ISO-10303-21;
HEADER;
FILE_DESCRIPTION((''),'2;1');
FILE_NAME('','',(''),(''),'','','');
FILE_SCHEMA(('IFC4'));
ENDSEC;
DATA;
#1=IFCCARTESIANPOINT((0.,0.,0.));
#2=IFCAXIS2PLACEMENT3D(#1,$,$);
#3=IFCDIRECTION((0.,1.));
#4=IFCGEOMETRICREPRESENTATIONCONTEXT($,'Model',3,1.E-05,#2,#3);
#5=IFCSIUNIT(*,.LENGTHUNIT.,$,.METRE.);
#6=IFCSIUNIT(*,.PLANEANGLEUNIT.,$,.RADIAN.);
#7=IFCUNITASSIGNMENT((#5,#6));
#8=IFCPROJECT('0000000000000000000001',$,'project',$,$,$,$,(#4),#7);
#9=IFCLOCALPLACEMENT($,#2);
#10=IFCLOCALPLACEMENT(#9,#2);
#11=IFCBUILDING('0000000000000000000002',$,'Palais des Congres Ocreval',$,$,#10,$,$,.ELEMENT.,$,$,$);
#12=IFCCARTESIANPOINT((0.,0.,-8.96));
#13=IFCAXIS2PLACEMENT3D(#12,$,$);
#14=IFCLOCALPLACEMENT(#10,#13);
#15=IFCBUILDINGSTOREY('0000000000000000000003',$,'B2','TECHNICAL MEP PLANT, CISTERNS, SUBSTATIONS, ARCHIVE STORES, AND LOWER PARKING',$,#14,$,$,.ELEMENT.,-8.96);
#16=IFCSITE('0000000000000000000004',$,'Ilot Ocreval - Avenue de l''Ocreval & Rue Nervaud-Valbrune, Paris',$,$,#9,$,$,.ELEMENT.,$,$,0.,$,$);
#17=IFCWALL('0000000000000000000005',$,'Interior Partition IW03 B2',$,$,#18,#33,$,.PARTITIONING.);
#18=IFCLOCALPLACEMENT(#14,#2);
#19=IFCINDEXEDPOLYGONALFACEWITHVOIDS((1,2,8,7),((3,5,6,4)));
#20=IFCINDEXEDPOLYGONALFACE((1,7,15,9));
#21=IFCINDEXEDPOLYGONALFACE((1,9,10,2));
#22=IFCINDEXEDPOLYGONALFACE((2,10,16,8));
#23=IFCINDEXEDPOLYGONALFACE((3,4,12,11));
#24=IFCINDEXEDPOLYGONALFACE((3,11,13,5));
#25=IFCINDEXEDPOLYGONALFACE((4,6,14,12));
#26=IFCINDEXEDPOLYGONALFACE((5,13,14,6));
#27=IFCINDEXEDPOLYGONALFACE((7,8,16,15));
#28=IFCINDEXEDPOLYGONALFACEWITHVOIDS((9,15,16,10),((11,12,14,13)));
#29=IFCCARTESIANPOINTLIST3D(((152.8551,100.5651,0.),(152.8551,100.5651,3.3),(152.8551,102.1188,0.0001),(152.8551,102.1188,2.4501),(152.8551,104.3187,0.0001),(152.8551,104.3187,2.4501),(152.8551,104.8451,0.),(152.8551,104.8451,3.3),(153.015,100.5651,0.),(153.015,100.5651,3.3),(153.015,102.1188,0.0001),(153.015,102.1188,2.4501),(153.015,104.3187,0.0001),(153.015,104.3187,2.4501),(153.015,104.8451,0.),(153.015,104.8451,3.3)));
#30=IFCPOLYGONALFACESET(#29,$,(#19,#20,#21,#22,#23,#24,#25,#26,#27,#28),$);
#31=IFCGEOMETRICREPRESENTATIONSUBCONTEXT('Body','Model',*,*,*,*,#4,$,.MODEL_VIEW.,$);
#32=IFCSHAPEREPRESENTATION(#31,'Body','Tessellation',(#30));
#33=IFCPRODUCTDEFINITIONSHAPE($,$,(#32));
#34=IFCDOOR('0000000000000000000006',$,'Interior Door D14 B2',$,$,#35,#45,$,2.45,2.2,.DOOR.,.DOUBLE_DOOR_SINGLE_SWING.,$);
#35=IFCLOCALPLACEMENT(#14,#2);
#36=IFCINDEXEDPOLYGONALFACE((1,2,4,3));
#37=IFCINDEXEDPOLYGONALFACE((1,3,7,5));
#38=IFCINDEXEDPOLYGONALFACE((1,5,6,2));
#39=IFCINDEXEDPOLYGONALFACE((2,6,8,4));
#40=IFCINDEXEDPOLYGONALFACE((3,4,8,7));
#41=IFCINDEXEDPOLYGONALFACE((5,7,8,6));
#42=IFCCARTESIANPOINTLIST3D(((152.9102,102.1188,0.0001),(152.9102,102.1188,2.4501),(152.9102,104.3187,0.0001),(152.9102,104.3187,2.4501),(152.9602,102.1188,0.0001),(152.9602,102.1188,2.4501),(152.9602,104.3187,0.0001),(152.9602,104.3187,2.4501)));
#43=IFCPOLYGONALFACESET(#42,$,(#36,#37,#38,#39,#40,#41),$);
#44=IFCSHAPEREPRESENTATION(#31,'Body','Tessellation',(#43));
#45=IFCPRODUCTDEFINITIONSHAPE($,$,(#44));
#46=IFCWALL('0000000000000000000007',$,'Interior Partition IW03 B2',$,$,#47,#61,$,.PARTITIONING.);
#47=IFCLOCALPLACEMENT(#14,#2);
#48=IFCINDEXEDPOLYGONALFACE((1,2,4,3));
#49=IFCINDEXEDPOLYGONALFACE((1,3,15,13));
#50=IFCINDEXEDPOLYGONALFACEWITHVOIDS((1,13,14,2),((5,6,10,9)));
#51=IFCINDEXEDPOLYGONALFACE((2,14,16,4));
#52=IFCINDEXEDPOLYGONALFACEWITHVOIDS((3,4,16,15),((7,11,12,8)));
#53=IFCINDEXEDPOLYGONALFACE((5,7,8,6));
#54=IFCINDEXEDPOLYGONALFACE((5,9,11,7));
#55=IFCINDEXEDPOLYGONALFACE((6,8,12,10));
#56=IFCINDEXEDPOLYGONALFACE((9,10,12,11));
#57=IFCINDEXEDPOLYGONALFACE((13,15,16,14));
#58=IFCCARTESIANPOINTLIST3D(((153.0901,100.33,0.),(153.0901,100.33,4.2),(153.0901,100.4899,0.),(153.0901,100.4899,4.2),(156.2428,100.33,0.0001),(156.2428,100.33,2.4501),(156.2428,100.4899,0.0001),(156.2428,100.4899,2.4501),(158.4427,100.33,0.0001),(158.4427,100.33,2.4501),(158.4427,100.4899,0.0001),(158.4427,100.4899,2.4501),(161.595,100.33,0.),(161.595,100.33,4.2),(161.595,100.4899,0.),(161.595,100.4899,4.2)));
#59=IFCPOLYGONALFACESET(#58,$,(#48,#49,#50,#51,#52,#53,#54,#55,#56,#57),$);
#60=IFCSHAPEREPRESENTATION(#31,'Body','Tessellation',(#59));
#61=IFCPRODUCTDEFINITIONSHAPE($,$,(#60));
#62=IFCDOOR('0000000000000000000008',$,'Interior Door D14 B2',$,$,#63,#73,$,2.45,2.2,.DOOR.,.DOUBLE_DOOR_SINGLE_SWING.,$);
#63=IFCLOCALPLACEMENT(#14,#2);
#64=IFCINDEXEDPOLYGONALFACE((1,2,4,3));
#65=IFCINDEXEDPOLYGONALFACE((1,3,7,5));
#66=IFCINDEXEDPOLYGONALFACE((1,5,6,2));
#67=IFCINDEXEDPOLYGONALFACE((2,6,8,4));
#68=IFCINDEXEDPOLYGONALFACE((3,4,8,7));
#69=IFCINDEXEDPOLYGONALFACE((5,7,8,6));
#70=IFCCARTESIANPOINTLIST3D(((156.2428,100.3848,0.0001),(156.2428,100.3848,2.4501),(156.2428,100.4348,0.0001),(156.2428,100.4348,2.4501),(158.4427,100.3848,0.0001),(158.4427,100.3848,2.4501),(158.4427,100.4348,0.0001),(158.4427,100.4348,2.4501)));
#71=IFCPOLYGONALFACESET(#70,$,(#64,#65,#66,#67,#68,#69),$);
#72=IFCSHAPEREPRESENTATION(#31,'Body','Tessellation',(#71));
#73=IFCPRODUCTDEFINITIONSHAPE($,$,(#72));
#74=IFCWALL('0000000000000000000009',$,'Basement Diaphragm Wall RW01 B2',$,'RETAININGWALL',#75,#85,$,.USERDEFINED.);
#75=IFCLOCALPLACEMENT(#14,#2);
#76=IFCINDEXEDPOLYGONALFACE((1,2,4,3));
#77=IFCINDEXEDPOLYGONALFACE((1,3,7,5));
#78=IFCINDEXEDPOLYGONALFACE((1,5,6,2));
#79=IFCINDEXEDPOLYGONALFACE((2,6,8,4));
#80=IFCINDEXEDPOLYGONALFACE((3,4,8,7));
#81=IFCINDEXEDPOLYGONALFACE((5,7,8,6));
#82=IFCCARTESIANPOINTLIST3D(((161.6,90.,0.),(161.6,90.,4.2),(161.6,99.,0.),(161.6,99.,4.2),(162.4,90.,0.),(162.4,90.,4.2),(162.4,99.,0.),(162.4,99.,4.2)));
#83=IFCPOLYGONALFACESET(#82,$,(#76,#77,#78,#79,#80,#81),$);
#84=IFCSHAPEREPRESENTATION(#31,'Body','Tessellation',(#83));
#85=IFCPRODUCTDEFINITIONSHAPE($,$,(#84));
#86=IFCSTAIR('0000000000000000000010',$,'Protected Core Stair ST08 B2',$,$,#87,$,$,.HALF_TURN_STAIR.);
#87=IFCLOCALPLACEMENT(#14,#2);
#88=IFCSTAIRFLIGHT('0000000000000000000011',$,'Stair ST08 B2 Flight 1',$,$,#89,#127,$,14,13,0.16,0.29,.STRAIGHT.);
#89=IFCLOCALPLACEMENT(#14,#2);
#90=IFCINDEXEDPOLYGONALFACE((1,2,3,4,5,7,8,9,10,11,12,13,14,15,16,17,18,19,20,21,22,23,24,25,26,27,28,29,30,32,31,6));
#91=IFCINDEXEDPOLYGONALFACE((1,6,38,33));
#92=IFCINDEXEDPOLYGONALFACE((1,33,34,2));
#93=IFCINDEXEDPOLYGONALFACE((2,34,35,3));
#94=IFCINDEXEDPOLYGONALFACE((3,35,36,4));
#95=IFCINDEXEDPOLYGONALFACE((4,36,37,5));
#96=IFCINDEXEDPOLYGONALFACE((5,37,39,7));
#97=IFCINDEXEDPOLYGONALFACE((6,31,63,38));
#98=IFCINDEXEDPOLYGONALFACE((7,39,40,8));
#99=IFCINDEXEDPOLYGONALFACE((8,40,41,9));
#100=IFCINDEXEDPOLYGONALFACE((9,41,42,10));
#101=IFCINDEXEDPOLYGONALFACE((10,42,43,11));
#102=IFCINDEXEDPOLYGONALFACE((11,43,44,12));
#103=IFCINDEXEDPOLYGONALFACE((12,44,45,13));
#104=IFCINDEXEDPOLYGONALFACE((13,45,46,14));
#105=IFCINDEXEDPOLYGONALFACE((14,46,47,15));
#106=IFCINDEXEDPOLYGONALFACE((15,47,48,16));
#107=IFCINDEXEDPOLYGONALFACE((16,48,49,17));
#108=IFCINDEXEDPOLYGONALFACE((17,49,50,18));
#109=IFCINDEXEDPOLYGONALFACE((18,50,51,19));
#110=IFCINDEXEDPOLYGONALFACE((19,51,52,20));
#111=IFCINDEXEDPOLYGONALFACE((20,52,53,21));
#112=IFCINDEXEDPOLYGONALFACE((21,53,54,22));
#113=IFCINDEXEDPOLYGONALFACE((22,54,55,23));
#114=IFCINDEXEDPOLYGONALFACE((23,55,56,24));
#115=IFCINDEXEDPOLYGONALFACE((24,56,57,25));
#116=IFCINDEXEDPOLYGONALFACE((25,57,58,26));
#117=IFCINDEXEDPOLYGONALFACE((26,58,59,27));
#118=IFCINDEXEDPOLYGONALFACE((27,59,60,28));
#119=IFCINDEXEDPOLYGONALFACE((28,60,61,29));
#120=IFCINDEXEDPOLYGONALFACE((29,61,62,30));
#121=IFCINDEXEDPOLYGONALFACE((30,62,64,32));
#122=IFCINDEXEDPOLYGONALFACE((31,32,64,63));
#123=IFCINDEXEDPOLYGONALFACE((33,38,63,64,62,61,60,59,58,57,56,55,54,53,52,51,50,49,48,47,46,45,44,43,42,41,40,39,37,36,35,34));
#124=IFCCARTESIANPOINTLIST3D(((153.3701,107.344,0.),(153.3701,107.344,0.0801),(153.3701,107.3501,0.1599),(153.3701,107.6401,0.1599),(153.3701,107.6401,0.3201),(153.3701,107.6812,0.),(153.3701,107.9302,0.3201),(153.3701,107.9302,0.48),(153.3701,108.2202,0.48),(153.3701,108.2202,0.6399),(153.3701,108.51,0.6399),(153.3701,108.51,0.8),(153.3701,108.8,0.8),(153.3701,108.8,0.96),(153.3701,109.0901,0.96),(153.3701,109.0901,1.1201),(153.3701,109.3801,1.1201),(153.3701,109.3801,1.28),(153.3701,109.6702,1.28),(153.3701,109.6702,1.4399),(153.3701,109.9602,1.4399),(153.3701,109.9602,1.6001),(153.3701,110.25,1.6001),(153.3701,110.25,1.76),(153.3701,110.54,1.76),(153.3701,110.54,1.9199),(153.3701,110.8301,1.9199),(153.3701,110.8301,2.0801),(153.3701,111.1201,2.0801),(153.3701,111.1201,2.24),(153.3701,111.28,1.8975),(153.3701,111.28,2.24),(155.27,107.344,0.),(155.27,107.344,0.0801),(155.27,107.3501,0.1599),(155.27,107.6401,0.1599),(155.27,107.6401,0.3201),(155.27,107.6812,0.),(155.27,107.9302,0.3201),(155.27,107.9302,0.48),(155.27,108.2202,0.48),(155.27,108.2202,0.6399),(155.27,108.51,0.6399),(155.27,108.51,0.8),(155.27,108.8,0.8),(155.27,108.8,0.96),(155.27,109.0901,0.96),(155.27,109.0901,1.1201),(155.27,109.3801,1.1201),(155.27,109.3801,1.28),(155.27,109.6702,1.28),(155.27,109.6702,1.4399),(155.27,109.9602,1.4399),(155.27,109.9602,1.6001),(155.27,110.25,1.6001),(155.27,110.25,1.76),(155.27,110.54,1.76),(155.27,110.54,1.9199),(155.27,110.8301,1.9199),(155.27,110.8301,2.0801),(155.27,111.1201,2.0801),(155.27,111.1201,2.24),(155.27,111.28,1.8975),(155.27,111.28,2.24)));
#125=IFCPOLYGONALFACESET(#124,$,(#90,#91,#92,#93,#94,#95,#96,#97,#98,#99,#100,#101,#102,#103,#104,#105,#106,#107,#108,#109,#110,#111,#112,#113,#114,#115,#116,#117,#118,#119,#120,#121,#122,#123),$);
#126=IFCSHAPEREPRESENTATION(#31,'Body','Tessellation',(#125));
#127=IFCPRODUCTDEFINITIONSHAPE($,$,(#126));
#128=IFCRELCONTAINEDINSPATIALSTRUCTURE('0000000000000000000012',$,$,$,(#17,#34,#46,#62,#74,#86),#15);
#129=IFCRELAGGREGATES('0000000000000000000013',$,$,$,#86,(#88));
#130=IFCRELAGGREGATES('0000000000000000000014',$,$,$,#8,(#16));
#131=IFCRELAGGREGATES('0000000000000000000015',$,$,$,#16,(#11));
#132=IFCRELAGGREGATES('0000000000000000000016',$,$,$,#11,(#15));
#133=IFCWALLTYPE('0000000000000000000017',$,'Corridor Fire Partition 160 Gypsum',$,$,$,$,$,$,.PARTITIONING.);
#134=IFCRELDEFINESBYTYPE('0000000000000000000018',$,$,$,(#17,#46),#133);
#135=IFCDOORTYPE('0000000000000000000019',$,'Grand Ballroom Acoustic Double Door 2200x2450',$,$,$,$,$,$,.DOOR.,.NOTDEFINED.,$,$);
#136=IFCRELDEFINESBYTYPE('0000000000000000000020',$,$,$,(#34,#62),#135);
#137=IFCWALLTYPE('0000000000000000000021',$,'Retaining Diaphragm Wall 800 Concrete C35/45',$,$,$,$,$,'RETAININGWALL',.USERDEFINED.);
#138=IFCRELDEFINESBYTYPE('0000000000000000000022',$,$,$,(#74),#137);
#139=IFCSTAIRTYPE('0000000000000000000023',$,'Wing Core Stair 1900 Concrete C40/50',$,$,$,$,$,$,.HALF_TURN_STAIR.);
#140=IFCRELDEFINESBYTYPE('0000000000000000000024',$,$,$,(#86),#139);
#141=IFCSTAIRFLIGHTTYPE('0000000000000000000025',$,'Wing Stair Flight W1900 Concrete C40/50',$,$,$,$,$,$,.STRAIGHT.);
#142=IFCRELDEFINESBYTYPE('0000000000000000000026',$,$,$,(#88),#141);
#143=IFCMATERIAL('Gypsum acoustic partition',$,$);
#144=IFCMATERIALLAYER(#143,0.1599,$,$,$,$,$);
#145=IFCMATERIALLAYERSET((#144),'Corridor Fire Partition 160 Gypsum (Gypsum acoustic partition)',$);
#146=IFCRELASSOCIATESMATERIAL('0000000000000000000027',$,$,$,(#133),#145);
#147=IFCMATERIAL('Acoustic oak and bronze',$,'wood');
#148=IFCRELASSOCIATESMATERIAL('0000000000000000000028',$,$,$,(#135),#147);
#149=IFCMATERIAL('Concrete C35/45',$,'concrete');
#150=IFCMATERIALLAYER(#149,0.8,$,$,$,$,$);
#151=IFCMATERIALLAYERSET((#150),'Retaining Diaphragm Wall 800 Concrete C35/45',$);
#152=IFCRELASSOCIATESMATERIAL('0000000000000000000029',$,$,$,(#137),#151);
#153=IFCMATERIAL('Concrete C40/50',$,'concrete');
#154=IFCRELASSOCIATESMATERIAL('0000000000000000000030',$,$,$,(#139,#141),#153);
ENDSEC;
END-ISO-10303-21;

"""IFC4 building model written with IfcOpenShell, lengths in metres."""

from ifc_helpers import new_model, si_unit, direction, frame, frame_2d, origin, place, context, subcontext, project, spatial, polyline, rectangle, outline, extrude, material, layer, layer_set, type_object, element, fill, aggregate, save


model = new_model("IFC4")

# Units and contexts
model_context = context("Model", 3, precision=1e-05, world=origin(), true_north=direction((0.0, 1.0)))
body_context = subcontext(model_context, "Body", "Model", "MODEL_VIEW")
ifc_project = project(units=[si_unit("LENGTHUNIT", "METRE"), si_unit("PLANEANGLEUNIT", "RADIAN")], contexts=[model_context])

# Site, building, storey
site_placement = place(None, origin())
site = spatial("IfcSite", under=ifc_project, at=site_placement, Name="Ilot Ocreval - Avenue de l'Ocreval & Rue Nervaud-Valbrune, Paris", CompositionType="ELEMENT", RefElevation=0.0)
building_placement = place(site_placement, origin())
building = spatial("IfcBuilding", under=site, at=building_placement, Name="Palais des Congres Ocreval", CompositionType="ELEMENT")
storey_placement = place(building_placement, frame((0.0, 0.0, -8.96)))
storey = spatial("IfcBuildingStorey", under=building, at=storey_placement, Name="B2", Description="TECHNICAL MEP PLANT, CISTERNS, SUBSTATIONS, ARCHIVE STORES, AND LOWER PARKING", CompositionType="ELEMENT", Elevation=-8.96)

# Shared definitions
ifc_material_1 = material(Name="Concrete C35/45", Category="concrete")

# Shared definitions
ifc_material_2 = material(Name="Concrete C40/50", Category="concrete")

# Walls, openings, doors
ifc_material_3 = material(Name="Gypsum acoustic partition")
ifc_layer_1 = layer(ifc_material_3, 0.1599)
ifc_layer_set_1 = layer_set([ifc_layer_1], Name="Corridor Fire Partition 160 Gypsum (Gypsum acoustic partition)")
wall_type_1 = type_object("IfcWallType", Name="Corridor Fire Partition 160 Gypsum", PredefinedType="PARTITIONING", material=ifc_layer_set_1)
wall_1_placement = place(storey_placement, frame((152.9351, 100.5649, 0.0), z_axis=(0.0, 0.0, 1.0), x_axis=(0.0, 1.0, 0.0)))
wall_1 = element("IfcWall", 1, at=wall_1_placement, inside=storey, type_object=wall_type_1, Name="Interior Partition IW03 B2", PredefinedType="PARTITIONING", context=body_context, shape_type="SweptSolid", body=[
    extrude(rectangle(XDim=4.28, YDim=0.1599, at=frame_2d((2.1401, 0.0))), origin(), (0.0, 0.0, 1.0), 3.3),
])
opening_1_placement = place(wall_1_placement, frame((1.5537, 0.0, 0.0)))
opening_1 = element("IfcOpeningElement", 2, at=opening_1_placement, cuts=wall_1, PredefinedType="OPENING", context=body_context, shape_type="SweptSolid", body=[
    extrude(rectangle(XDim=2.2, YDim=2.45, at=frame_2d((1.1001, 1.2251))), frame((0.0, 0.0898, 0.0), z_axis=(0.0, -1.0, 0.0), x_axis=(1.0, 0.0, 0.0)), (0.0, 0.0, 1.0), 0.1799),
])
ifc_material_4 = material(Name="Acoustic oak and bronze", Category="wood")
door_type_1 = type_object("IfcDoorType", Name="Grand Ballroom Acoustic Double Door 2200x2450", OperationType="NOTDEFINED", PredefinedType="DOOR", material=ifc_material_4)
door_1_placement = place(opening_1_placement, origin())
door_1 = element("IfcDoor", 3, at=door_1_placement, inside=storey, type_object=door_type_1, Name="Interior Door D14 B2", OperationType="DOUBLE_DOOR_SINGLE_SWING", OverallHeight=2.45, OverallWidth=2.2, PredefinedType="DOOR", context=body_context, shape_type="SweptSolid", body=[
    extrude(rectangle(XDim=2.2, YDim=2.45, at=frame_2d((1.1001, 1.2251))), frame((0.0, 0.0249, 0.0), z_axis=(0.0, -1.0, 0.0), x_axis=(1.0, 0.0, 0.0)), (0.0, 0.0, 1.0), 0.05),
])
fill(opening_1, door_1)
wall_2_placement = place(storey_placement, frame((153.0901, 100.4099, 0.0), z_axis=(0.0, 0.0, 1.0), x_axis=(1.0, 0.0, 0.0)))
wall_2 = element("IfcWall", 4, at=wall_2_placement, inside=storey, type_object=wall_type_1, Name="Interior Partition IW03 B2", PredefinedType="PARTITIONING", context=body_context, shape_type="SweptSolid", body=[
    extrude(rectangle(XDim=8.5049, YDim=0.1599, at=frame_2d((4.2524, 0.0))), origin(), (0.0, 0.0, 1.0), 4.2),
])
opening_2_placement = place(wall_2_placement, frame((3.1526, 0.0, 0.0)))
opening_2 = element("IfcOpeningElement", 5, at=opening_2_placement, cuts=wall_2, PredefinedType="OPENING", context=body_context, shape_type="SweptSolid", body=[
    extrude(rectangle(XDim=2.2, YDim=2.45, at=frame_2d((1.1001, 1.2251))), frame((0.0, 0.0898, 0.0), z_axis=(0.0, -1.0, 0.0), x_axis=(1.0, 0.0, 0.0)), (0.0, 0.0, 1.0), 0.1799),
])
door_2_placement = place(opening_2_placement, origin())
door_2 = element("IfcDoor", 6, at=door_2_placement, inside=storey, type_object=door_type_1, Name="Interior Door D14 B2", OperationType="DOUBLE_DOOR_SINGLE_SWING", OverallHeight=2.45, OverallWidth=2.2, PredefinedType="DOOR", context=body_context, shape_type="SweptSolid", body=[
    extrude(rectangle(XDim=2.2, YDim=2.45, at=frame_2d((1.1001, 1.2251))), frame((0.0, 0.0249, 0.0), z_axis=(0.0, -1.0, 0.0), x_axis=(1.0, 0.0, 0.0)), (0.0, 0.0, 1.0), 0.05),
])
fill(opening_2, door_2)

# Wall
ifc_layer_2 = layer(ifc_material_1, 0.8)
ifc_layer_set_2 = layer_set([ifc_layer_2], Name="Retaining Diaphragm Wall 800 Concrete C35/45")
wall_type_2 = type_object("IfcWallType", Name="Retaining Diaphragm Wall 800 Concrete C35/45", ElementType="RETAININGWALL", PredefinedType="USERDEFINED", material=ifc_layer_set_2)
wall_3_placement = place(storey_placement, frame((162.0, 99.0, 0.0), z_axis=(0.0, 0.0, 1.0), x_axis=(0.0, -1.0, 0.0)))
element("IfcWall", 7, at=wall_3_placement, inside=storey, type_object=wall_type_2, Name="Basement Diaphragm Wall RW01 B2", ObjectType="RETAININGWALL", PredefinedType="USERDEFINED", context=body_context, shape_type="SweptSolid", body=[
    extrude(rectangle(XDim=9.0, YDim=0.8, at=frame_2d((4.5, 0.0))), origin(), (0.0, 0.0, 1.0), 4.2),
])

# Stair, stair flight
stair_type = type_object("IfcStairType", Name="Wing Core Stair 1900 Concrete C40/50", PredefinedType="HALF_TURN_STAIR", material=ifc_material_2)
stair_placement = place(storey_placement, origin())
stair = element("IfcStair", 8, at=stair_placement, inside=storey, type_object=stair_type, Name="Protected Core Stair ST08 B2", PredefinedType="HALF_TURN_STAIR")
stair_flight_type = type_object("IfcStairFlightType", Name="Wing Stair Flight W1900 Concrete C40/50", PredefinedType="STRAIGHT", material=ifc_material_2)
stair_flight_placement = place(storey_placement, frame((154.3201, 107.3501, 0.0), z_axis=(0.0, 0.0, 1.0), x_axis=(0.0, 1.0, 0.0)))
stair_flight = element("IfcStairFlight", 9, at=stair_flight_placement, type_object=stair_flight_type, Name="Stair ST08 B2 Flight 1", NumberOfRisers=14, NumberOfTreads=13, PredefinedType="STRAIGHT", RiserHeight=0.16, TreadLength=0.29, context=body_context, shape_type="SweptSolid", body=[
    extrude(outline(polyline([(-0.0061, 0.0), (-0.0061, 0.0801), (0.0, 0.1599), (0.29, 0.1599), (0.29, 0.3201), (0.5801, 0.3201), (0.5801, 0.48), (0.8701, 0.48), (0.8701, 0.6399), (1.1599, 0.6399), (1.1599, 0.8), (1.45, 0.8), (1.45, 0.96), (1.74, 0.96), (1.74, 1.1201), (2.03, 1.1201), (2.03, 1.28), (2.3201, 1.28), (2.3201, 1.4399), (2.6101, 1.4399), (2.6101, 1.6001), (2.8999, 1.6001), (2.8999, 1.76), (3.1899, 1.76), (3.1899, 1.9199), (3.48, 1.9199), (3.48, 2.0801), (3.77, 2.0801), (3.77, 2.24), (3.9299, 2.24), (3.9299, 1.8975), (0.3311, 0.0), (-0.0061, 0.0)])), frame((0.0, 0.95, 0.0), z_axis=(0.0, -1.0, 0.0), x_axis=(1.0, 0.0, 0.0)), (0.0, 0.0, 1.0), 1.8999),
])
aggregate(stair, [stair_flight])

save(model, "model.ifc")
